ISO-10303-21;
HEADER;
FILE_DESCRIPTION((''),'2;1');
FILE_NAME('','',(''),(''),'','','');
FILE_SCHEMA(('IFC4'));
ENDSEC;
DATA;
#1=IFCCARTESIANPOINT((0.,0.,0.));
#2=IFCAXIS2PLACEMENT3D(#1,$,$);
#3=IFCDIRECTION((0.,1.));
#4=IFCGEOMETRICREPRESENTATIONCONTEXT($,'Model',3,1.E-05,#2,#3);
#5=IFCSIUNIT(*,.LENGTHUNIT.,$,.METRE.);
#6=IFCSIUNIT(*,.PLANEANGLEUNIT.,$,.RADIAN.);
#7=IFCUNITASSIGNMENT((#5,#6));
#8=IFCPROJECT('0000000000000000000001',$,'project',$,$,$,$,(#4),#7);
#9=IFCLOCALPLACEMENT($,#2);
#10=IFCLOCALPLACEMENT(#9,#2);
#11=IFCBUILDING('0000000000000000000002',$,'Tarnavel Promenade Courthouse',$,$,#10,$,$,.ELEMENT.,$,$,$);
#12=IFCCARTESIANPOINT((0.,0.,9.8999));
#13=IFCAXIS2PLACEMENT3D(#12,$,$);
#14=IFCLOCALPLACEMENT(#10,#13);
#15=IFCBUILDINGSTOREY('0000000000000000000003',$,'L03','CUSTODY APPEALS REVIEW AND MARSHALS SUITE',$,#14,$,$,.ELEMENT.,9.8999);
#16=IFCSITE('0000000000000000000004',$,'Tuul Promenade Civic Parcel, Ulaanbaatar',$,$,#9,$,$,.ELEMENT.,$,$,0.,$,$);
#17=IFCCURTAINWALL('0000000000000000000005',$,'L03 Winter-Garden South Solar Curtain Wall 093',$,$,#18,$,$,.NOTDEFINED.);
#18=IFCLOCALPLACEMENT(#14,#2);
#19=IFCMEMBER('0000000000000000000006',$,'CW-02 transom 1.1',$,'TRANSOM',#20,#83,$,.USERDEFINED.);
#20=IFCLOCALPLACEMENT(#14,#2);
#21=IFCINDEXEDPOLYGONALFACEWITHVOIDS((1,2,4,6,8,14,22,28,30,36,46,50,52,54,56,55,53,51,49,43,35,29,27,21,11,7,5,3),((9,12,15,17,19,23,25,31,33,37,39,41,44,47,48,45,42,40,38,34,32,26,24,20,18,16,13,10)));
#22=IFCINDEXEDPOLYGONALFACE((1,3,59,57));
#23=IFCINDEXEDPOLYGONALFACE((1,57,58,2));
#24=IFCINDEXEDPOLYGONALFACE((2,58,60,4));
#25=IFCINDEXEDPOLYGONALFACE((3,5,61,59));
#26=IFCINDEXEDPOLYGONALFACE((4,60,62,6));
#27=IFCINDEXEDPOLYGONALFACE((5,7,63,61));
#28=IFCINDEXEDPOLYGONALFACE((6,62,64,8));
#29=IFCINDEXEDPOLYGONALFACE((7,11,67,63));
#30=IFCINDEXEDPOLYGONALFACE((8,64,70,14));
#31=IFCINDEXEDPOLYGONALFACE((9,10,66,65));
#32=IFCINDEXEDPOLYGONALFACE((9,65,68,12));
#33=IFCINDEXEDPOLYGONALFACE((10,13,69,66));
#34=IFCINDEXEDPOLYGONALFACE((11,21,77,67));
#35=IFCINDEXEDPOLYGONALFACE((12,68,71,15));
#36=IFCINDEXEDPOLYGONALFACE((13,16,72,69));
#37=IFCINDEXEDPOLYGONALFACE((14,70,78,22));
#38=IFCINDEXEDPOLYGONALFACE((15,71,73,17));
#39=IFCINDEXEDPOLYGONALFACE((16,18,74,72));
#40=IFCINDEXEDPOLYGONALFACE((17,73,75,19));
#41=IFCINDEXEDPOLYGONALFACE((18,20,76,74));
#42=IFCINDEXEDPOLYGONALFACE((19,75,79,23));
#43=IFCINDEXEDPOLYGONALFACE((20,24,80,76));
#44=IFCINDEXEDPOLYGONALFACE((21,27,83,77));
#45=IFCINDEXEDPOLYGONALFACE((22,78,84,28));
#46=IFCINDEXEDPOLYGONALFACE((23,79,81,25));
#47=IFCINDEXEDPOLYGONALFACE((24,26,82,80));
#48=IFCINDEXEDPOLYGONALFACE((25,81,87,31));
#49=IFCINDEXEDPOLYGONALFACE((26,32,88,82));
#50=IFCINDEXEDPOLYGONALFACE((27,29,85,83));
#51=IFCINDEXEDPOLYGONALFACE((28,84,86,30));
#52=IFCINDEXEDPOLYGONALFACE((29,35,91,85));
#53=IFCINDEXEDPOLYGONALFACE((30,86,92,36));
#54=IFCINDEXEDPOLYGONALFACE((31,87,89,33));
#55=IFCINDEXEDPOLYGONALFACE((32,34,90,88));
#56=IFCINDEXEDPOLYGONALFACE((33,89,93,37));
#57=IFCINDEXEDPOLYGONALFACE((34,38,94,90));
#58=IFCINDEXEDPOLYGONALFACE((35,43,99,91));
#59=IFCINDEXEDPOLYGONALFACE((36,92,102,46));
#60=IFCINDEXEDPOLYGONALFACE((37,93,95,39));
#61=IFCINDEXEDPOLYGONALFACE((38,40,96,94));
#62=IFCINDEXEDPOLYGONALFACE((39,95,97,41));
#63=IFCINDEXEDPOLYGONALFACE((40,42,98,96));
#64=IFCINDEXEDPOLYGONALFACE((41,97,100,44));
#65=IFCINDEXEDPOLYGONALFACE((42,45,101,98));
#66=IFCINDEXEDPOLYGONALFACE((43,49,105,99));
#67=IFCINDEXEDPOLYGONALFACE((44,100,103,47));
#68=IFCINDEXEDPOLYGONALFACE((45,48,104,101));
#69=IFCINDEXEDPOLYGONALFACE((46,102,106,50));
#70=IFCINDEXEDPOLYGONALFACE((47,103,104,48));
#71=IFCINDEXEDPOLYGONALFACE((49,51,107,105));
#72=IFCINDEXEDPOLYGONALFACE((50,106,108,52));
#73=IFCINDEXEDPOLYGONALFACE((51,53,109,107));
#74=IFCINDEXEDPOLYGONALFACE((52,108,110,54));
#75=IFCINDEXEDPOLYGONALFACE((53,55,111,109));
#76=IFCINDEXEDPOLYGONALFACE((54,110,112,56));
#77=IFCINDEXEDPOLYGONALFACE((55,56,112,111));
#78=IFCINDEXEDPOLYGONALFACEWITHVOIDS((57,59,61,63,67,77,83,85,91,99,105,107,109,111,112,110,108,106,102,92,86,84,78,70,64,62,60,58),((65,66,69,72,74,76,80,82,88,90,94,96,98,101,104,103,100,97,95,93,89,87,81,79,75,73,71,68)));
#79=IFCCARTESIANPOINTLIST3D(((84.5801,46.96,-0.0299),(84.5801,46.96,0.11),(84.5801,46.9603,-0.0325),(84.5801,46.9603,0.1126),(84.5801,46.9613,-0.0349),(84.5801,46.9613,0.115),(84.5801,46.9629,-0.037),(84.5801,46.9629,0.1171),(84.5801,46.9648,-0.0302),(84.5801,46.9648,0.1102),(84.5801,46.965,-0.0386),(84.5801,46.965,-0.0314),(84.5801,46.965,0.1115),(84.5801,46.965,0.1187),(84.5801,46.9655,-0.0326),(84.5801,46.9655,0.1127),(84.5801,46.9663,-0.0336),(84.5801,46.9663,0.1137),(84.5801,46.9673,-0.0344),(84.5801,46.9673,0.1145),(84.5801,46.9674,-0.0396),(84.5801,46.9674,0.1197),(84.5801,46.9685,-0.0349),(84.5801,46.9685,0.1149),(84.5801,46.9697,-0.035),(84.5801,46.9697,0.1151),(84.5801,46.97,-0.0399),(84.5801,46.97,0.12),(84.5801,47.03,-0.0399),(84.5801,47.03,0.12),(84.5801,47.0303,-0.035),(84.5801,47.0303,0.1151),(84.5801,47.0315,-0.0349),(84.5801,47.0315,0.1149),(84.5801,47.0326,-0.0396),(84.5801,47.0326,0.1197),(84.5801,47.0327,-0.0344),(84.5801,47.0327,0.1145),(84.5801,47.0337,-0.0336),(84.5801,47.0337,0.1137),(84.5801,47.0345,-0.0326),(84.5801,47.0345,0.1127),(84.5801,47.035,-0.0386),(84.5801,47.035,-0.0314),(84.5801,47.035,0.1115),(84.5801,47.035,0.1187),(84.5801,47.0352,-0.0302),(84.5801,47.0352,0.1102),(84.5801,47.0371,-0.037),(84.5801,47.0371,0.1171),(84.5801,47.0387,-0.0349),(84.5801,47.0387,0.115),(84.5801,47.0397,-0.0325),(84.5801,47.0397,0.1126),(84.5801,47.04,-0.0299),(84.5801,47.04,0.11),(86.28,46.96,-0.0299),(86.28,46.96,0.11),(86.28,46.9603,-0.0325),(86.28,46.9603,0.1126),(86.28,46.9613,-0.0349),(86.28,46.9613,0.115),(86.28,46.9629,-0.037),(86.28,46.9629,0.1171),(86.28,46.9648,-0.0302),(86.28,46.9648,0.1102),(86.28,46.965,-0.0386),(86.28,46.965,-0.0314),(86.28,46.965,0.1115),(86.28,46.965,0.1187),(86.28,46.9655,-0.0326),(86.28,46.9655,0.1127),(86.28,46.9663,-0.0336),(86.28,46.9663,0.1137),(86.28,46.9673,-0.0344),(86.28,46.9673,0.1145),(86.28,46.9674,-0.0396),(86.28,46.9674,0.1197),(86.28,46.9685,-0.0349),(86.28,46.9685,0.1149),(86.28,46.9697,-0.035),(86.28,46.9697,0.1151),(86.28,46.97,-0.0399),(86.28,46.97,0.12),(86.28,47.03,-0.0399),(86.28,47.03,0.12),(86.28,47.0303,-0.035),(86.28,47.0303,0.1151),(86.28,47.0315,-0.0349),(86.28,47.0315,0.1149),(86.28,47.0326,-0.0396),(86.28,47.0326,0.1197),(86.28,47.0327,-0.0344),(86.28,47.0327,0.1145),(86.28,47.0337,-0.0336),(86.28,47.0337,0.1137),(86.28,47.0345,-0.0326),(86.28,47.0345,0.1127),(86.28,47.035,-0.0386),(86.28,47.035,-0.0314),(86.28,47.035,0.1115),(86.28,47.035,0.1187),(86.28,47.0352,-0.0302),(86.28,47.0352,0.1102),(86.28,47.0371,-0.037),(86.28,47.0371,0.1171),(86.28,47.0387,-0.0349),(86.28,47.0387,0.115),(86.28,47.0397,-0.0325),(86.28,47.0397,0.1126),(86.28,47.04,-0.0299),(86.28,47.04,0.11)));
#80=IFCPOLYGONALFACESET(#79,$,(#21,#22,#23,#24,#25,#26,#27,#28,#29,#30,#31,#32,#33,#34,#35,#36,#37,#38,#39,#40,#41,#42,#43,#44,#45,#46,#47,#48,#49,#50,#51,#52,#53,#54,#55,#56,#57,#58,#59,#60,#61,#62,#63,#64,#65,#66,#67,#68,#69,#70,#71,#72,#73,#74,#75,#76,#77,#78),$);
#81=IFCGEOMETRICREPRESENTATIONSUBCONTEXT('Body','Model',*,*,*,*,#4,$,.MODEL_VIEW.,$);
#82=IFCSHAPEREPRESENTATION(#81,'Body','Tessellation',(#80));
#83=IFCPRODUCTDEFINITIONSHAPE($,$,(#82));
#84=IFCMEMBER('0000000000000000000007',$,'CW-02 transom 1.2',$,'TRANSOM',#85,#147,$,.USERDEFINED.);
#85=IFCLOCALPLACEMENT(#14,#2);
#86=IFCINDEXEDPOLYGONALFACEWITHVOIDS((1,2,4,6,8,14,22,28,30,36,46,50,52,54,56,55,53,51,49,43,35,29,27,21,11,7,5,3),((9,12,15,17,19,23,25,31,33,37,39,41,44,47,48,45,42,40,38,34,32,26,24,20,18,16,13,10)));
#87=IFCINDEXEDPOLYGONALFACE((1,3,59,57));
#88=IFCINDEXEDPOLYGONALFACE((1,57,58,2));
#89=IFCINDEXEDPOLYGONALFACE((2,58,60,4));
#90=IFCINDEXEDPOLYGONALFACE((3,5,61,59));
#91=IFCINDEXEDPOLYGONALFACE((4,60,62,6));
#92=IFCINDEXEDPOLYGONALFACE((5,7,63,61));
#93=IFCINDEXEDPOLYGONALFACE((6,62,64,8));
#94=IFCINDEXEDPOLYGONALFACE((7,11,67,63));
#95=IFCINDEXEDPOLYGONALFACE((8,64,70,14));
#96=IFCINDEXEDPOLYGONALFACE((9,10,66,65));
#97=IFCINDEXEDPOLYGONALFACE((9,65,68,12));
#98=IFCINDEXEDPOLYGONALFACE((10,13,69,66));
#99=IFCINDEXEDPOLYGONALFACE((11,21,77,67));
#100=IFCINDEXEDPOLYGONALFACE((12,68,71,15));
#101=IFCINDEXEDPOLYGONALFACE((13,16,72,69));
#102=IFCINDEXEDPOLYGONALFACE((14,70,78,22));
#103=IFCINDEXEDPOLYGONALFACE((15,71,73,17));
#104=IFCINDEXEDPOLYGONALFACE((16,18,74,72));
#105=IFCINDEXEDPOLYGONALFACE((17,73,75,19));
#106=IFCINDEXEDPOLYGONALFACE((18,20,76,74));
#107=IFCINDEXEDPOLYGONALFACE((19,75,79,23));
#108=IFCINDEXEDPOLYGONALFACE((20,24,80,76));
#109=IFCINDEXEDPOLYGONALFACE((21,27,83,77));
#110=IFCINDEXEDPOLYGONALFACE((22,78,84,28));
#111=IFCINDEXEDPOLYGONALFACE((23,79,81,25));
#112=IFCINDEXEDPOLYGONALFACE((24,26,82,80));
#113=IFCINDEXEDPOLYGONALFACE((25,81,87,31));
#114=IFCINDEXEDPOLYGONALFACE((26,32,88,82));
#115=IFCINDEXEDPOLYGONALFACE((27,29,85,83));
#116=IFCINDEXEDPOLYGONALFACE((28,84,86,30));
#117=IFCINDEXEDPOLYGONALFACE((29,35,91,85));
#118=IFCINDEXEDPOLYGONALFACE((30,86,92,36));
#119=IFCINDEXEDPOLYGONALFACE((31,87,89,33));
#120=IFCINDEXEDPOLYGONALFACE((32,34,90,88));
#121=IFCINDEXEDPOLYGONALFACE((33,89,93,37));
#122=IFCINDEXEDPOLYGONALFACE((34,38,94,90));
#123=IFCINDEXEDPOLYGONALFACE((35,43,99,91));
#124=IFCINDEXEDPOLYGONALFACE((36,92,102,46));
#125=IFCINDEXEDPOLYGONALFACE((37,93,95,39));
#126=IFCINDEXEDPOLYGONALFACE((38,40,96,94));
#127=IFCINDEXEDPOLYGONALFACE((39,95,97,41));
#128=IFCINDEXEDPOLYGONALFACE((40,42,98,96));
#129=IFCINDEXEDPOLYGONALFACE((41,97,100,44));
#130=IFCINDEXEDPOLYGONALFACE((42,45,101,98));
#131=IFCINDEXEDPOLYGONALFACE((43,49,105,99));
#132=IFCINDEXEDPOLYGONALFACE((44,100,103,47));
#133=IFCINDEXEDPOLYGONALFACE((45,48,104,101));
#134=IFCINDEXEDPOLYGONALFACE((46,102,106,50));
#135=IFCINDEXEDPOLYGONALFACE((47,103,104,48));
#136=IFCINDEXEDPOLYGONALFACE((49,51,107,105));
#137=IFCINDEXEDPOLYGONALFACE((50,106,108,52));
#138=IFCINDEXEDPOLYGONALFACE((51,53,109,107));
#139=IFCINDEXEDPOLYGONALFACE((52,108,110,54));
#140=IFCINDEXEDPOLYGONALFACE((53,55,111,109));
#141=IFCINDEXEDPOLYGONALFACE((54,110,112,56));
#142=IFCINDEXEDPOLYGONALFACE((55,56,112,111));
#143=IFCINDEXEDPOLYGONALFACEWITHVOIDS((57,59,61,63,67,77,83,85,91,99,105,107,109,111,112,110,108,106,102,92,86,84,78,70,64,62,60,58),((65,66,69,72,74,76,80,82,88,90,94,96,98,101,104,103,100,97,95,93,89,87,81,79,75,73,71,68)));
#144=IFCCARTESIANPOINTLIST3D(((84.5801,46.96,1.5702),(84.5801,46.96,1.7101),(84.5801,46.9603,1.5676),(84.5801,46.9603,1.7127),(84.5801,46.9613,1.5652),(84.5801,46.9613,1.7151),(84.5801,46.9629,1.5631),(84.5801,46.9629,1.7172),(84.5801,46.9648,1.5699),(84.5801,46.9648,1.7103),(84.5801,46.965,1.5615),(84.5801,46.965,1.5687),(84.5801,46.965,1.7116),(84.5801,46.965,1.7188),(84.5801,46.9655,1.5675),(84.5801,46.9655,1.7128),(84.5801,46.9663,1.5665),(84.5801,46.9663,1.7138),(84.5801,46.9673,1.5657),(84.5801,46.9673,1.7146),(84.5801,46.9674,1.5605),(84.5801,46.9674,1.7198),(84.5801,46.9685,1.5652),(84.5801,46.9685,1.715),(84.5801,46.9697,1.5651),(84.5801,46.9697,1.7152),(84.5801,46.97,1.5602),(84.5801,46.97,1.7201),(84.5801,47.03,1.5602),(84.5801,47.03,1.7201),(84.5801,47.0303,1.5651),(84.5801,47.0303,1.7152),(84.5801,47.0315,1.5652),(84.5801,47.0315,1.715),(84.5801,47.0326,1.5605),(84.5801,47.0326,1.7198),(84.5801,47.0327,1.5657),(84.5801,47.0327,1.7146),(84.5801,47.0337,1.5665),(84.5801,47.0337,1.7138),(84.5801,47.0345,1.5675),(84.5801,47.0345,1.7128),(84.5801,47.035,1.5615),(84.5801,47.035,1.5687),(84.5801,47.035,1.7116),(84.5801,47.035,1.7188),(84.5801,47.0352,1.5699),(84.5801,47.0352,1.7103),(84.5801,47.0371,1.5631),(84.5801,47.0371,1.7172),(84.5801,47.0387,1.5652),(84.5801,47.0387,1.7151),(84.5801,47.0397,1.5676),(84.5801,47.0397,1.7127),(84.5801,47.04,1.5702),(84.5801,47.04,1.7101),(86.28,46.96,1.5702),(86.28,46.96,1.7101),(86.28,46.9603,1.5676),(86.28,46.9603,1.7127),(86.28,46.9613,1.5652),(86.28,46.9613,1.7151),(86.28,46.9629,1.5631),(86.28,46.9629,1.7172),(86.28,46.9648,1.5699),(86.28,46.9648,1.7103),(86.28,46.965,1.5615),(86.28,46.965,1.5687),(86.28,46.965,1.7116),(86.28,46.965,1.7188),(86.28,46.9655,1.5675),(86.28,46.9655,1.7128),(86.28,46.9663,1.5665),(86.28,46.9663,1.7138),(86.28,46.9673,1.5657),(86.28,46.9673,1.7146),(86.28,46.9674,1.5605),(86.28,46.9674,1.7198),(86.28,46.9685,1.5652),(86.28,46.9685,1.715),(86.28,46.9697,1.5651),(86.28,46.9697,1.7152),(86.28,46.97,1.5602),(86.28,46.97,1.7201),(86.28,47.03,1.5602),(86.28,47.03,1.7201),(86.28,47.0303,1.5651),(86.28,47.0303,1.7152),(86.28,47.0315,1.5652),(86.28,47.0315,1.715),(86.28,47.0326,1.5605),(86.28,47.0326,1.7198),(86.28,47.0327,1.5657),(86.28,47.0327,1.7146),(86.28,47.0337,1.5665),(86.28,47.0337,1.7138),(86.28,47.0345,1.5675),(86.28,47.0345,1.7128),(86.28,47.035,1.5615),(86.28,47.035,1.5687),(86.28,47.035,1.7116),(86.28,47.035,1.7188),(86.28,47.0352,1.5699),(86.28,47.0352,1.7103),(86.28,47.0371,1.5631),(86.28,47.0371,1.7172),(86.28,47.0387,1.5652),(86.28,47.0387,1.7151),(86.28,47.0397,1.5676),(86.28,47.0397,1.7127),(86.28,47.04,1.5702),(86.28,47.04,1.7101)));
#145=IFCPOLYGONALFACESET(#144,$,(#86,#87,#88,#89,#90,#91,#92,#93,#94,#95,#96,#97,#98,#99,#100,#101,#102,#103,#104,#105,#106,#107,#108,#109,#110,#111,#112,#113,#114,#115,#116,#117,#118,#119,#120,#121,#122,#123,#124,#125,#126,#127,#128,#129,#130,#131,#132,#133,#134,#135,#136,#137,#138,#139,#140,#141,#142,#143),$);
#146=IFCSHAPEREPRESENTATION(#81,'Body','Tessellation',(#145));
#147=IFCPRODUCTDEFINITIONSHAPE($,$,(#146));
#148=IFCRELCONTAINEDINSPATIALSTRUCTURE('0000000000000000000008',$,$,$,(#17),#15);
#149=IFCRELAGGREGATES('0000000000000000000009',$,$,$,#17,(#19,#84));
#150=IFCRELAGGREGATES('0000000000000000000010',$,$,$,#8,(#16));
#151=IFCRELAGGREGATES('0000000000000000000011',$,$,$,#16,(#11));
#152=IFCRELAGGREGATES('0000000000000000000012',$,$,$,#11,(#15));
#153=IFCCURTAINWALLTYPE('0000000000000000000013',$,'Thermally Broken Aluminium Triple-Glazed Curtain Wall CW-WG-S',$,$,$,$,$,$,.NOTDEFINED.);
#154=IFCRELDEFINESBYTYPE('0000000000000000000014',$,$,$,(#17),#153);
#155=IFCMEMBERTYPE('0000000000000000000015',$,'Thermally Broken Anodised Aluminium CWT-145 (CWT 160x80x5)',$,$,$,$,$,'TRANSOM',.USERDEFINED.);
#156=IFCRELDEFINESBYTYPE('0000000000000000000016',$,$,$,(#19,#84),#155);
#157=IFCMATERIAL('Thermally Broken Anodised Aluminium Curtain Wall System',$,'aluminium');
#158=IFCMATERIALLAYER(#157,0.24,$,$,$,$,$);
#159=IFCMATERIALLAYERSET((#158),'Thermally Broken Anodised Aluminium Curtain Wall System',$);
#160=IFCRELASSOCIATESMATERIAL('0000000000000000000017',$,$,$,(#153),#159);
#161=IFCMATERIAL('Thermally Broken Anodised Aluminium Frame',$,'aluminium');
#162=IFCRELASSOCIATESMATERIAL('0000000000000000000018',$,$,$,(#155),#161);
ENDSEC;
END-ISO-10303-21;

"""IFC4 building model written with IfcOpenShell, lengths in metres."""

from ifc_helpers import new_model, si_unit, direction, frame, origin, origin_2d, place, context, subcontext, project, spatial, hollow_rectangle, extrude, material, layer, layer_set, material_profile, profile_set, type_object, element, aggregate, save


model = new_model("IFC4")

# Units and contexts
model_context = context("Model", 3, precision=1e-05, world=origin(), true_north=direction((0.0, 1.0)))
body_context = subcontext(model_context, "Body", "Model", "MODEL_VIEW")
ifc_project = project(units=[si_unit("LENGTHUNIT", "METRE"), si_unit("PLANEANGLEUNIT", "RADIAN")], contexts=[model_context])

# Site, building, storey
site_placement = place(None, origin())
site = spatial("IfcSite", under=ifc_project, at=site_placement, Name="Tuul Promenade Civic Parcel, Ulaanbaatar", CompositionType="ELEMENT", RefElevation=0.0)
building_placement = place(site_placement, origin())
building = spatial("IfcBuilding", under=site, at=building_placement, Name="Tarnavel Promenade Courthouse", CompositionType="ELEMENT")
storey_placement = place(building_placement, frame((0.0, 0.0, 9.8999)))
storey = spatial("IfcBuildingStorey", under=building, at=storey_placement, Name="L03", Description="CUSTODY APPEALS REVIEW AND MARSHALS SUITE", CompositionType="ELEMENT", Elevation=9.8999)

# Shared definitions
ifc_material_1 = material(Name="Thermally Broken Anodised Aluminium Curtain Wall System", Category="aluminium")
ifc_layer_1 = layer(ifc_material_1, 0.24)
ifc_layer_set_1 = layer_set([ifc_layer_1], Name="Thermally Broken Anodised Aluminium Curtain Wall System")
curtain_wall_type = type_object("IfcCurtainWallType", Name="Thermally Broken Aluminium Triple-Glazed Curtain Wall CW-WG-S", PredefinedType="NOTDEFINED", material=ifc_layer_set_1)
ifc_material_2 = material(Name="Thermally Broken Anodised Aluminium Frame", Category="aluminium")

# Curtain wall
curtain_wall_1_placement = place(storey_placement, origin())
curtain_wall_1 = element("IfcCurtainWall", 1, at=curtain_wall_1_placement, inside=storey, type_object=curtain_wall_type, Name="L03 Winter-Garden South Solar Curtain Wall 093", PredefinedType="NOTDEFINED")

# Members
ifc_material_profile_1 = material_profile(ifc_material_2, hollow_rectangle(XDim=0.0801, YDim=0.1599, WallThickness=0.0049, InnerFilletRadius=0.0049, OuterFilletRadius=0.01, at=origin_2d()), Name="CWT 160x80x5")
ifc_profile_set_1 = profile_set([ifc_material_profile_1], Name="Thermally Broken Anodised Aluminium Frame")
member_type_1 = type_object("IfcMemberType", Name="Thermally Broken Anodised Aluminium CWT-145 (CWT 160x80x5)", ElementType="TRANSOM", PredefinedType="USERDEFINED", material=ifc_profile_set_1)
member_1_placement = place(storey_placement, frame((84.5801, 47.0, 0.04), z_axis=(1.0, 0.0, 0.0), x_axis=(0.0, 1.0, 0.0)))
member_1 = element("IfcMember", 2, at=member_1_placement, type_object=member_type_1, Name="CW-02 transom 1.1", ObjectType="TRANSOM", PredefinedType="USERDEFINED", context=body_context, shape_type="SweptSolid", body=[
    extrude(hollow_rectangle(XDim=0.0801, YDim=0.1599, WallThickness=0.0049, InnerFilletRadius=0.0049, OuterFilletRadius=0.01, at=origin_2d()), origin(), (0.0, 0.0, 1.0), 1.7),
])
member_2_placement = place(storey_placement, frame((84.5801, 47.0, 1.6401), z_axis=(1.0, 0.0, 0.0), x_axis=(0.0, 1.0, 0.0)))
member_2 = element("IfcMember", 3, at=member_2_placement, type_object=member_type_1, Name="CW-02 transom 1.2", ObjectType="TRANSOM", PredefinedType="USERDEFINED", context=body_context, shape_type="SweptSolid", body=[
    extrude(hollow_rectangle(XDim=0.0801, YDim=0.1599, WallThickness=0.0049, InnerFilletRadius=0.0049, OuterFilletRadius=0.01, at=origin_2d()), origin(), (0.0, 0.0, 1.0), 1.7),
])
aggregate(curtain_wall_1, [member_1, member_2])

save(model, "model.ifc")
